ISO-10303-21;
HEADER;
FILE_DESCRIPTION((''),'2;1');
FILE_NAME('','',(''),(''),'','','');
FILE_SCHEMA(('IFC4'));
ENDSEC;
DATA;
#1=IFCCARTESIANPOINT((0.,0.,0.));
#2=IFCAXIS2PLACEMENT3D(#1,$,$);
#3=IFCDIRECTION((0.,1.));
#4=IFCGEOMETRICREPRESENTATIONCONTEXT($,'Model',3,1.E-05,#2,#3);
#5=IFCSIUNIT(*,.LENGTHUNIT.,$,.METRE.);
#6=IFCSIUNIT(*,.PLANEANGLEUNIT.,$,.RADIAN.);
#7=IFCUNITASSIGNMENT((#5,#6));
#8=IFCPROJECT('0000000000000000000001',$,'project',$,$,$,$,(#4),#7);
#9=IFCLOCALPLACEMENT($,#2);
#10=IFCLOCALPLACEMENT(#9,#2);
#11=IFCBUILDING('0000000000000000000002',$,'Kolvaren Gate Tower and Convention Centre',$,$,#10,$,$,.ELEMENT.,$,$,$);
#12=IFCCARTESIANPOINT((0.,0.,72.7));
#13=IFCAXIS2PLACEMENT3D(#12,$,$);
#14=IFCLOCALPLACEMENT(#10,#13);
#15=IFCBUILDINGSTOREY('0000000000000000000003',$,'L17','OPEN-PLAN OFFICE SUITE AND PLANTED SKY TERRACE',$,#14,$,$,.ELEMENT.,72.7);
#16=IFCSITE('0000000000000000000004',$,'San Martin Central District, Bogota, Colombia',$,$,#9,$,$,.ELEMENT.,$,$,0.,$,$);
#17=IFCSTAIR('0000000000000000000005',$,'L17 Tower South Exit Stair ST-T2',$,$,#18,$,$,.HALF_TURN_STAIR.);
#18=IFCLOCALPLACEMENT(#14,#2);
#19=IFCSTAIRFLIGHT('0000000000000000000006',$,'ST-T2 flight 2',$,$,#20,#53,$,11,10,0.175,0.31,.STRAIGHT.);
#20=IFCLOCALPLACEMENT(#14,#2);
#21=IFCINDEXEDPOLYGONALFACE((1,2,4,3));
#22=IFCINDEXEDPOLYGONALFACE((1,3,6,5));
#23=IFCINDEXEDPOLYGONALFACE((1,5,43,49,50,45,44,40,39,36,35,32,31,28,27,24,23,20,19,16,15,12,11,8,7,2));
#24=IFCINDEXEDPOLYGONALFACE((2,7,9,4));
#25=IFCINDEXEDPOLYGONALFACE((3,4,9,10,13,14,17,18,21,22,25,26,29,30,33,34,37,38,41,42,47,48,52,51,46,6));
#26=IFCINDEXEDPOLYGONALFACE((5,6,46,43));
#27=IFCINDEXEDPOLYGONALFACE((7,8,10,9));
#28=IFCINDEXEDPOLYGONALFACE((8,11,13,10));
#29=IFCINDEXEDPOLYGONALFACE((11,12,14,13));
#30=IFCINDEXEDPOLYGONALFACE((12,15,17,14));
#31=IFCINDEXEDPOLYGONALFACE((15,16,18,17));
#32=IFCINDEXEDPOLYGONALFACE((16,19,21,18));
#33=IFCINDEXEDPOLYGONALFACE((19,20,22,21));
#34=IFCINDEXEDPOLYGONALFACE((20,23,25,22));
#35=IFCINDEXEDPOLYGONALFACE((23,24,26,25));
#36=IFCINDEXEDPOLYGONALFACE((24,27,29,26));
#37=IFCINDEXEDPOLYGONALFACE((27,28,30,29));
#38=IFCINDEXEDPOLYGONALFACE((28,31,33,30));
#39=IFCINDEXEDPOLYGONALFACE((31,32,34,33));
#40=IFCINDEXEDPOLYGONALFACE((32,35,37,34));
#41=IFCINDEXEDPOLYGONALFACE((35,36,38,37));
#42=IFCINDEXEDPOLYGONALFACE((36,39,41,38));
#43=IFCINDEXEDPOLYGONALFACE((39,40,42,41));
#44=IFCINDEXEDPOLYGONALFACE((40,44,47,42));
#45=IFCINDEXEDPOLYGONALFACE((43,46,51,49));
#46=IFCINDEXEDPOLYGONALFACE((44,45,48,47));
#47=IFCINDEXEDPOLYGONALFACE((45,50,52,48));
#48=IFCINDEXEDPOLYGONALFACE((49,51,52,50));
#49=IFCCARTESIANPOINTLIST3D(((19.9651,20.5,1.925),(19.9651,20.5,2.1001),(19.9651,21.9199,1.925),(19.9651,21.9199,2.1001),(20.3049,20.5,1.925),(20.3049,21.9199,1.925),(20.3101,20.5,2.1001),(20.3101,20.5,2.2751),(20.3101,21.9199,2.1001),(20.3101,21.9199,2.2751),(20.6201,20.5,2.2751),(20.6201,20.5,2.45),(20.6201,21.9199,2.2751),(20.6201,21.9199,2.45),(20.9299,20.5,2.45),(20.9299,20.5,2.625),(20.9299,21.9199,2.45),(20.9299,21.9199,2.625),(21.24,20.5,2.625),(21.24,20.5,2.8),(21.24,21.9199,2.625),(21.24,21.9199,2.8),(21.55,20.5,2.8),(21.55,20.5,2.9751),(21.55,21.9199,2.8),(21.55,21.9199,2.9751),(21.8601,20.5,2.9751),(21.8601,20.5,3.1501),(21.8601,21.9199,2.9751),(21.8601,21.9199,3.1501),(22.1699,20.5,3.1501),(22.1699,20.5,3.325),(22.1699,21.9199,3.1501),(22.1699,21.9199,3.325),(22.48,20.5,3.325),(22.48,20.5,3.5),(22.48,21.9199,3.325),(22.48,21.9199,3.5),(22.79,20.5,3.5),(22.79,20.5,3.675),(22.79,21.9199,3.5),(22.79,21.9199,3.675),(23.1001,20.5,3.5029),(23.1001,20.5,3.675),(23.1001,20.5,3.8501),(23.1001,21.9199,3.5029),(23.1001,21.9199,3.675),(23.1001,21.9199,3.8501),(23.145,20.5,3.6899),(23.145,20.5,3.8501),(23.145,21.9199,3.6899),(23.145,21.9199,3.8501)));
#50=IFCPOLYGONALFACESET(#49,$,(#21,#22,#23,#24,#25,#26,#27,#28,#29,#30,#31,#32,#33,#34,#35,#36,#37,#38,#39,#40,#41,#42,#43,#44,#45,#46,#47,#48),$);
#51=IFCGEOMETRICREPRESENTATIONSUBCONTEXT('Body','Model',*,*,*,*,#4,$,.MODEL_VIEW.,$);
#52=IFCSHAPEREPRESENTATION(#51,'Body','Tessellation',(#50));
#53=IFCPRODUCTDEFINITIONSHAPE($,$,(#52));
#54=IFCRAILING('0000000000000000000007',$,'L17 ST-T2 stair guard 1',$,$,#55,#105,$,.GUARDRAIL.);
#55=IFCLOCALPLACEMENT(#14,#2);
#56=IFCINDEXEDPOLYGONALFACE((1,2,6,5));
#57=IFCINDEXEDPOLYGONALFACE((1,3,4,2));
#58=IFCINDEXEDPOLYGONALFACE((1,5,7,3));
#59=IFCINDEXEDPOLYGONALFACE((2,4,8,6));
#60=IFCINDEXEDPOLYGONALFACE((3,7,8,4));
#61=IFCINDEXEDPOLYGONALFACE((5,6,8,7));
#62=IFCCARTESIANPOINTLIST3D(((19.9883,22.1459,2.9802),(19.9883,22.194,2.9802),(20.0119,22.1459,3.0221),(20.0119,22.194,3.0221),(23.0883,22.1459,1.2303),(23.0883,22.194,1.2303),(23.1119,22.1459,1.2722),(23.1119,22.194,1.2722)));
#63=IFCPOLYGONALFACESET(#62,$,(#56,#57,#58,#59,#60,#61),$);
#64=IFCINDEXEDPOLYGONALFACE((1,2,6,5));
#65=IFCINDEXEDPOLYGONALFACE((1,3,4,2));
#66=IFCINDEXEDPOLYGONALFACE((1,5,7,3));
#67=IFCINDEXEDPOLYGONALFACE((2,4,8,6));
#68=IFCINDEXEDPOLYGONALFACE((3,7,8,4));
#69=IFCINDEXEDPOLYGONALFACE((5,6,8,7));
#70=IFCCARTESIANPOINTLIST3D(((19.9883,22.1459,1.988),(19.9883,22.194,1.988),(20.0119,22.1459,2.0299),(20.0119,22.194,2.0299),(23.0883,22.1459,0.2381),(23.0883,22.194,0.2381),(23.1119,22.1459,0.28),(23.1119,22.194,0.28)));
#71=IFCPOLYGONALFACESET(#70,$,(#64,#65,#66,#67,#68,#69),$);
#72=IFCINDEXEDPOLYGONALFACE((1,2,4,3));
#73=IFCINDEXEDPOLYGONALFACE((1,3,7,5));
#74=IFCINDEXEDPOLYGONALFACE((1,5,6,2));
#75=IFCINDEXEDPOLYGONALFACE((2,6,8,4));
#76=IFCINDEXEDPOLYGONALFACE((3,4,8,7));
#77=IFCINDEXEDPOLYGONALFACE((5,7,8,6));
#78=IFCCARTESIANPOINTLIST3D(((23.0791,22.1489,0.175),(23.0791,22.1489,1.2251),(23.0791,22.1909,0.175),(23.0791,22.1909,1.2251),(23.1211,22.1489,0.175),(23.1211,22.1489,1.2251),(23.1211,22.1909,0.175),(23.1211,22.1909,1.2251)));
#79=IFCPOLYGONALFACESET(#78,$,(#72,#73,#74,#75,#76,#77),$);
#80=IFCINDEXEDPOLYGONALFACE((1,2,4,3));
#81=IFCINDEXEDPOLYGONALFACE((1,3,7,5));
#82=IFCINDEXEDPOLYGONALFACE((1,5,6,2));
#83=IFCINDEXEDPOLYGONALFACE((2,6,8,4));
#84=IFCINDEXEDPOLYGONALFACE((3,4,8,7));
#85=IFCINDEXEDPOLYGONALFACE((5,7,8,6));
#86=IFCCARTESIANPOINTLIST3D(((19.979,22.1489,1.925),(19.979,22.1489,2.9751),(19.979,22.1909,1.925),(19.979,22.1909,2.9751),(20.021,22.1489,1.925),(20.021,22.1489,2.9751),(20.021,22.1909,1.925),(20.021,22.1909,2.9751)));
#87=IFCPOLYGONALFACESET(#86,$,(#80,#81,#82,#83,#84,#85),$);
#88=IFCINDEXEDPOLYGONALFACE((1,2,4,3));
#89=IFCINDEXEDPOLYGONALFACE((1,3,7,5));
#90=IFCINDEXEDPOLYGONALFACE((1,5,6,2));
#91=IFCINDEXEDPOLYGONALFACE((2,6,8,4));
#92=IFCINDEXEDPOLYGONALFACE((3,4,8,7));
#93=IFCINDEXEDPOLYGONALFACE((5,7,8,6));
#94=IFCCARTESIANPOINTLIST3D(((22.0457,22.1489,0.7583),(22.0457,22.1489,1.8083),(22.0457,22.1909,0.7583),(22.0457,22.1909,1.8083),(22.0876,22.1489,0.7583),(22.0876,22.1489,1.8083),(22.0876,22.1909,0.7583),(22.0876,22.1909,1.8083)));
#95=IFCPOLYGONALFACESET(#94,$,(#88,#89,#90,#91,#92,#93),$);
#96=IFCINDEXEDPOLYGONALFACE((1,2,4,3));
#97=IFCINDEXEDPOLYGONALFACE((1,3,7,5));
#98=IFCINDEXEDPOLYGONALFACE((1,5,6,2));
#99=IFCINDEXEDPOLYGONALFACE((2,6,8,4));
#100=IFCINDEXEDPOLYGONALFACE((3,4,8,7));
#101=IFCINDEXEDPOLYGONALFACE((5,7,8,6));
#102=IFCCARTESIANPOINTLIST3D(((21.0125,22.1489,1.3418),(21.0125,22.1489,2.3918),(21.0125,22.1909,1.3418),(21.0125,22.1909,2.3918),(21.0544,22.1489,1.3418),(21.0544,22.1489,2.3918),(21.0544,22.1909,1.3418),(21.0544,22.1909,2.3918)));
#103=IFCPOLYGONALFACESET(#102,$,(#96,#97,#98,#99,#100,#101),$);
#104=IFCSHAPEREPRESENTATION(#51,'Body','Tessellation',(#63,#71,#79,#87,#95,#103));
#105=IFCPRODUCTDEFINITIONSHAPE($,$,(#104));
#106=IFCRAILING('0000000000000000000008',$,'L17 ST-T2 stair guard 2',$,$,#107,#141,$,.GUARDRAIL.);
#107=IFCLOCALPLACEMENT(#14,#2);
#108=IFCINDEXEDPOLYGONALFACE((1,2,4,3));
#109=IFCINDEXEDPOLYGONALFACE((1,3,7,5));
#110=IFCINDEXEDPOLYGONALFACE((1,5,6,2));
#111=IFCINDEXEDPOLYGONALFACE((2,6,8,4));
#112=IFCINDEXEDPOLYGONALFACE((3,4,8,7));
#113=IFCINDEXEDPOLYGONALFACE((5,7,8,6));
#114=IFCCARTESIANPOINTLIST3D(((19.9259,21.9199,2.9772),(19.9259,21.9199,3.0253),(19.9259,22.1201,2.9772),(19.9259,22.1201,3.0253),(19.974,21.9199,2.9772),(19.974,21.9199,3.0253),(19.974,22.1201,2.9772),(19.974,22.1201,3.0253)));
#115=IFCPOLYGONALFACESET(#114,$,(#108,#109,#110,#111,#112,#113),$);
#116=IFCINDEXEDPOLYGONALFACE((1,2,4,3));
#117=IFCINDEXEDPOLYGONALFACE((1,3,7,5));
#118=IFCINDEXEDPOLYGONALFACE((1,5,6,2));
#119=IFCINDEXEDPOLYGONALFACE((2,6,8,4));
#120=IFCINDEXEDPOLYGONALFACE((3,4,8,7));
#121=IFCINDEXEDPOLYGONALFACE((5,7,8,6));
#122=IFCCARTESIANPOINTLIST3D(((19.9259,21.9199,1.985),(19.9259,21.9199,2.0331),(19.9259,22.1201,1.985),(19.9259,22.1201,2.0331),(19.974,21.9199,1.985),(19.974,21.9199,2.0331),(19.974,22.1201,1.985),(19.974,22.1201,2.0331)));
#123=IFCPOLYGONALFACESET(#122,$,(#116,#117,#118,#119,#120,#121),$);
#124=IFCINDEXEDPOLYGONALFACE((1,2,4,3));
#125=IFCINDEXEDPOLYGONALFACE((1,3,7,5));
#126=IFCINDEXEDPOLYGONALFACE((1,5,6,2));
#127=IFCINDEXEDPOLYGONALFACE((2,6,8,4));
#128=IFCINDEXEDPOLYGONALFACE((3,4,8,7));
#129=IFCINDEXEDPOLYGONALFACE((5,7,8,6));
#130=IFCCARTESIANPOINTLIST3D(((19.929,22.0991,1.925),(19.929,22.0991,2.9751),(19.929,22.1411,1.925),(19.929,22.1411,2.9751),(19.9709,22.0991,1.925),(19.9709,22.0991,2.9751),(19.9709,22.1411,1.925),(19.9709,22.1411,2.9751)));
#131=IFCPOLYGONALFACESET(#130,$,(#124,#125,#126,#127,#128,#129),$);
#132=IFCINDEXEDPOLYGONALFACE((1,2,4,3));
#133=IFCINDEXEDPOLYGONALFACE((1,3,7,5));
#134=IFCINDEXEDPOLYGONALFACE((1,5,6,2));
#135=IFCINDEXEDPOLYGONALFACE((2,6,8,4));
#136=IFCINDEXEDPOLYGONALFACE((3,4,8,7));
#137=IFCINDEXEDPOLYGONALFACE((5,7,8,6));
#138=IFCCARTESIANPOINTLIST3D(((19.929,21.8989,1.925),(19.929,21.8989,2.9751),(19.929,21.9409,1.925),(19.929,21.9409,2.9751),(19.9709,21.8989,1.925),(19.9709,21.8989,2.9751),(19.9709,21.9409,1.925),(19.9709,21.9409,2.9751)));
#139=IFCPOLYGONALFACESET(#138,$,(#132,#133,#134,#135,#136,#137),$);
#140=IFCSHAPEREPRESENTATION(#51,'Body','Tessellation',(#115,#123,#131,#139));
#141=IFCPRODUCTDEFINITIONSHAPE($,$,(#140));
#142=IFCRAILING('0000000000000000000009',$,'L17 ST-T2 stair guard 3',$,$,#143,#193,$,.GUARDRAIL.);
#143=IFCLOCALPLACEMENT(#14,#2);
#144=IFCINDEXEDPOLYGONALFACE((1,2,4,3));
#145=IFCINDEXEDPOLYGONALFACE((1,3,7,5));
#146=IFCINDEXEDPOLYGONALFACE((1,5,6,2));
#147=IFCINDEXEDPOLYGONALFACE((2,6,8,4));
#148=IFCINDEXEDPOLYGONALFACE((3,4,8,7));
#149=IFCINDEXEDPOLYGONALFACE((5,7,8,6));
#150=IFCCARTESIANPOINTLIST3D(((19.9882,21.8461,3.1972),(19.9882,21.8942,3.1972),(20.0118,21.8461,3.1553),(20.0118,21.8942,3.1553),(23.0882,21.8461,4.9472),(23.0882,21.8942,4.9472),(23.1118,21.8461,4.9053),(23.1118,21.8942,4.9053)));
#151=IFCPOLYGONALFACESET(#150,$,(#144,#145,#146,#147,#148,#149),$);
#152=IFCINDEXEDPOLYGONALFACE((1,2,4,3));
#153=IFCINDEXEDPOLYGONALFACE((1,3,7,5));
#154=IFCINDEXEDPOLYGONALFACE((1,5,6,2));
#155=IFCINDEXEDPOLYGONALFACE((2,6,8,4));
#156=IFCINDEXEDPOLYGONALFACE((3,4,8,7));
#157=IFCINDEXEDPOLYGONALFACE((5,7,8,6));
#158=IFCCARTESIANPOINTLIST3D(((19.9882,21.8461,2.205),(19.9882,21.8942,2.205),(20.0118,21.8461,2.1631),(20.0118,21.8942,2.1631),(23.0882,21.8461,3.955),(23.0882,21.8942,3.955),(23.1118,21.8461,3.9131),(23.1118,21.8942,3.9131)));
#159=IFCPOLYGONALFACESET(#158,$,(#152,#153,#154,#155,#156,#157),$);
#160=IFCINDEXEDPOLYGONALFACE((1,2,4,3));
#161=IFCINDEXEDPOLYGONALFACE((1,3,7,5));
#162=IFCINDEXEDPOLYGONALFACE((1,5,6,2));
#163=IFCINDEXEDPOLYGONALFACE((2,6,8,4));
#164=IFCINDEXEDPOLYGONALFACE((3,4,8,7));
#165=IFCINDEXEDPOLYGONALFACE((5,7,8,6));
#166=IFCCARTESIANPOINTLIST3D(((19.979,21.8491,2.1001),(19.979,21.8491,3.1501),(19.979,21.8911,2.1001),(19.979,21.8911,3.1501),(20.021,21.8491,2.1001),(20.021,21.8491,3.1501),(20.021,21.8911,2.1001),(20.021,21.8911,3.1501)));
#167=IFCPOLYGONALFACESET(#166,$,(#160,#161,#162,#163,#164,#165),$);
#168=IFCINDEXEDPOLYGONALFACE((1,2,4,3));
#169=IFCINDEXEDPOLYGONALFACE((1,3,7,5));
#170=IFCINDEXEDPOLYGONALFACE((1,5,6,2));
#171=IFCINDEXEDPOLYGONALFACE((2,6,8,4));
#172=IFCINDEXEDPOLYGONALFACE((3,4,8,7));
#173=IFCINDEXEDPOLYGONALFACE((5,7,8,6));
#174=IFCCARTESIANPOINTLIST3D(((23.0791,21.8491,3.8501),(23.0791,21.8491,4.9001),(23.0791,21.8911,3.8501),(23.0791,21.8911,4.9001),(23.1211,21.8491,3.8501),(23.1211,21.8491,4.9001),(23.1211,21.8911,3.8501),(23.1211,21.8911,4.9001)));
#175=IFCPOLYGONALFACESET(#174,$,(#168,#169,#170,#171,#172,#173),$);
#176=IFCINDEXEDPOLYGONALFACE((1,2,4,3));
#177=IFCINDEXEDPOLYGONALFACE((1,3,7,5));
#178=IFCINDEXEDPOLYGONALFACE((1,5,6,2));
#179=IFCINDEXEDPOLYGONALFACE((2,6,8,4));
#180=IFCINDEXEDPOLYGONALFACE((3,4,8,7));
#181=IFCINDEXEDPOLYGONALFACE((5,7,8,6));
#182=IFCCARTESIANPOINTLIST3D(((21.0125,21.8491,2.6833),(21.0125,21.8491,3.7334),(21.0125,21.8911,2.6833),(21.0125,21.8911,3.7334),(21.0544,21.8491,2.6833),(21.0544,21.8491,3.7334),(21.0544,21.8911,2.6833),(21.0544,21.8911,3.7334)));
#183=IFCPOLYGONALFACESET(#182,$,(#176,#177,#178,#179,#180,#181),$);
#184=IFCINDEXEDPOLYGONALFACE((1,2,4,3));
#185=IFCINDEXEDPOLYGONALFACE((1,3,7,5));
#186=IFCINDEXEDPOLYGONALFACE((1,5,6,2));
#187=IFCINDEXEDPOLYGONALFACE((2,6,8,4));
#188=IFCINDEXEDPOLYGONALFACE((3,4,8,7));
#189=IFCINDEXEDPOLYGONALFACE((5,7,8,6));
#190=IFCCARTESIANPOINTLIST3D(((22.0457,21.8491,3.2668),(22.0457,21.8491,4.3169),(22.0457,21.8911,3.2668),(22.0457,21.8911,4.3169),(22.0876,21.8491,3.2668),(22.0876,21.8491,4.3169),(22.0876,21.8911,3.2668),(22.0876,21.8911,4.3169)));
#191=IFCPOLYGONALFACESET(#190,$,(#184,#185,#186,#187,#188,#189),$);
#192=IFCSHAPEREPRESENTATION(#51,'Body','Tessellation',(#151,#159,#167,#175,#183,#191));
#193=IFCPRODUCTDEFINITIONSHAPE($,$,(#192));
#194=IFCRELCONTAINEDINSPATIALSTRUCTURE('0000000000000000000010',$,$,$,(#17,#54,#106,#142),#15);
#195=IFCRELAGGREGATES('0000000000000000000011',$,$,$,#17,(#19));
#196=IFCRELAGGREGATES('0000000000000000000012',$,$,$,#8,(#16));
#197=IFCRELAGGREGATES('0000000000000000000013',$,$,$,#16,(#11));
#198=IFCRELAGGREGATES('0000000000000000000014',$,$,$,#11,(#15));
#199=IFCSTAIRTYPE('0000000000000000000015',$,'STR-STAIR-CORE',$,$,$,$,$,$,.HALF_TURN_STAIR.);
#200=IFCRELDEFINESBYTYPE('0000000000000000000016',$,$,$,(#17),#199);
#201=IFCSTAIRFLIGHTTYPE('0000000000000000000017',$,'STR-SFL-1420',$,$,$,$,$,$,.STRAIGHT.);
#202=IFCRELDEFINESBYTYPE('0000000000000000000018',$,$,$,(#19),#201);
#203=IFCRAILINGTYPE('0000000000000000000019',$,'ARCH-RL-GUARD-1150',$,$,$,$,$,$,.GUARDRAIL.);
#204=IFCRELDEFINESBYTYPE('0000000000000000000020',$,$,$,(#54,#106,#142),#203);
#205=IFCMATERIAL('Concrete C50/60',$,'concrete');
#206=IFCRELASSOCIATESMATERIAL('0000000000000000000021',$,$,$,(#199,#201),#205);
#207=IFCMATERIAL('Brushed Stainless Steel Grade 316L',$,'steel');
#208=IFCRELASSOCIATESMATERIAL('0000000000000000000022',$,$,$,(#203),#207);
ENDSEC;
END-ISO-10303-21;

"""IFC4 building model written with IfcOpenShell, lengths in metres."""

from ifc_helpers import new_model, si_unit, direction, frame, origin, origin_2d, place, context, subcontext, project, spatial, polyline, rectangle, outline, extrude, material, type_object, element, aggregate, save


model = new_model("IFC4")

# Units and contexts
model_context = context("Model", 3, precision=1e-05, world=origin(), true_north=direction((0.0, 1.0)))
body_context = subcontext(model_context, "Body", "Model", "MODEL_VIEW")
ifc_project = project(units=[si_unit("LENGTHUNIT", "METRE"), si_unit("PLANEANGLEUNIT", "RADIAN")], contexts=[model_context])

# Site, building, storey
site_placement = place(None, origin())
site = spatial("IfcSite", under=ifc_project, at=site_placement, Name="San Martin Central District, Bogota, Colombia", CompositionType="ELEMENT", RefElevation=0.0)
building_placement = place(site_placement, origin())
building = spatial("IfcBuilding", under=site, at=building_placement, Name="Kolvaren Gate Tower and Convention Centre", CompositionType="ELEMENT")
storey_placement = place(building_placement, frame((0.0, 0.0, 72.7)))
storey = spatial("IfcBuildingStorey", under=building, at=storey_placement, Name="L17", Description="OPEN-PLAN OFFICE SUITE AND PLANTED SKY TERRACE", CompositionType="ELEMENT", Elevation=72.7)

# Shared definitions
ifc_material_1 = material(Name="Brushed Stainless Steel Grade 316L", Category="steel")

# Shared definitions
ifc_material_2 = material(Name="Concrete C50/60", Category="concrete")

# Stair, stair flight
stair_type = type_object("IfcStairType", Name="STR-STAIR-CORE", PredefinedType="HALF_TURN_STAIR", material=ifc_material_2)
stair_placement = place(storey_placement, origin())
stair = element("IfcStair", 1, at=stair_placement, inside=storey, type_object=stair_type, Name="L17 Tower South Exit Stair ST-T2", PredefinedType="HALF_TURN_STAIR")
stair_flight_type = type_object("IfcStairFlightType", Name="STR-SFL-1420", PredefinedType="STRAIGHT", material=ifc_material_2)
stair_flight_1_placement = place(storey_placement, frame((20.0, 21.21, 1.925), z_axis=(0.0, 0.0, 1.0), x_axis=(1.0, 0.0, 0.0)))
stair_flight_1 = element("IfcStairFlight", 2, at=stair_flight_1_placement, type_object=stair_flight_type, Name="ST-T2 flight 2", NumberOfRisers=11, NumberOfTreads=10, PredefinedType="STRAIGHT", RiserHeight=0.175, TreadLength=0.31, context=body_context, shape_type="SweptSolid", body=[
    extrude(outline(polyline([(-0.0349, 0.0), (-0.0349, 0.175), (0.3101, 0.175), (0.3101, 0.3501), (0.6201, 0.3501), (0.6201, 0.5249), (0.9299, 0.5249), (0.9299, 0.7), (1.24, 0.7), (1.24, 0.875), (1.55, 0.875), (1.55, 1.05), (1.8601, 1.05), (1.8601, 1.2251), (2.1699, 1.2251), (2.1699, 1.3999), (2.48, 1.3999), (2.48, 1.575), (2.79, 1.575), (2.79, 1.75), (3.1001, 1.75), (3.1001, 1.925), (3.145, 1.925), (3.145, 1.7649), (3.1001, 1.5779), (0.3049, 0.0), (-0.0349, 0.0)])), frame((0.0, 0.71, 0.0), z_axis=(0.0, -1.0, 0.0), x_axis=(1.0, 0.0, 0.0)), (0.0, 0.0, 1.0), 1.4199),
])
aggregate(stair, [stair_flight_1])

# Railings
railing_type_1 = type_object("IfcRailingType", Name="ARCH-RL-GUARD-1150", PredefinedType="GUARDRAIL", material=ifc_material_1)
railing_1_placement = place(storey_placement, frame((23.1001, 22.1699, 0.175)))
element("IfcRailing", 3, at=railing_1_placement, inside=storey, type_object=railing_type_1, Name="L17 ST-T2 stair guard 1", PredefinedType="GUARDRAIL", context=body_context, shape_type="SweptSolid", body=[
    extrude(rectangle(XDim=0.0481, YDim=0.0481, at=origin_2d()), frame((0.0, 0.0, 1.0762), z_axis=(-0.870831, 0.0, 0.491583), x_axis=(0.0, -1.0, 0.0)), (0.0, 0.0, 1.0), 3.5598),
    extrude(rectangle(XDim=0.0481, YDim=0.0481, at=origin_2d()), frame((0.0, 0.0, 0.084), z_axis=(-0.870831, 0.0, 0.491583), x_axis=(0.0, -1.0, 0.0)), (0.0, 0.0, 1.0), 3.5598),
    extrude(rectangle(XDim=0.042, YDim=0.042, at=origin_2d()), origin(), (0.0, 0.0, 1.0), 1.05),
    extrude(rectangle(XDim=0.042, YDim=0.042, at=origin_2d()), frame((-3.1001, 0.0, 1.75)), (0.0, 0.0, 1.0), 1.05),
    extrude(rectangle(XDim=0.042, YDim=0.042, at=origin_2d()), frame((-1.0334, 0.0, 0.5833)), (0.0, 0.0, 1.0), 1.05),
    extrude(rectangle(XDim=0.042, YDim=0.042, at=origin_2d()), frame((-2.0667, 0.0, 1.1667)), (0.0, 0.0, 1.0), 1.05),
])
railing_2_placement = place(storey_placement, frame((19.95, 22.1201, 1.925)))
element("IfcRailing", 4, at=railing_2_placement, inside=storey, type_object=railing_type_1, Name="L17 ST-T2 stair guard 2", PredefinedType="GUARDRAIL", context=body_context, shape_type="SweptSolid", body=[
    extrude(rectangle(XDim=0.0481, YDim=0.0481, at=origin_2d()), frame((0.0, 0.0, 1.0762), z_axis=(0.0, -1.0, 0.0), x_axis=(1.0, 0.0, 0.0)), (0.0, 0.0, 1.0), 0.2002),
    extrude(rectangle(XDim=0.0481, YDim=0.0481, at=origin_2d()), frame((0.0, 0.0, 0.084), z_axis=(0.0, -1.0, 0.0), x_axis=(1.0, 0.0, 0.0)), (0.0, 0.0, 1.0), 0.2002),
    extrude(rectangle(XDim=0.042, YDim=0.042, at=origin_2d()), origin(), (0.0, 0.0, 1.0), 1.05),
    extrude(rectangle(XDim=0.042, YDim=0.042, at=origin_2d()), frame((0.0, -0.2002, 0.0)), (0.0, 0.0, 1.0), 1.05),
])
railing_3_placement = place(storey_placement, frame((20.0, 21.8701, 2.1001)))
element("IfcRailing", 5, at=railing_3_placement, inside=storey, type_object=railing_type_1, Name="L17 ST-T2 stair guard 3", PredefinedType="GUARDRAIL", context=body_context, shape_type="SweptSolid", body=[
    extrude(rectangle(XDim=0.0481, YDim=0.0481, at=origin_2d()), frame((0.0, 0.0, 1.0762), z_axis=(0.870831, 0.0, 0.491583), x_axis=(0.0, 1.0, 0.0)), (0.0, 0.0, 1.0), 3.5598),
    extrude(rectangle(XDim=0.0481, YDim=0.0481, at=origin_2d()), frame((0.0, 0.0, 0.084), z_axis=(0.870831, 0.0, 0.491583), x_axis=(0.0, 1.0, 0.0)), (0.0, 0.0, 1.0), 3.5598),
    extrude(rectangle(XDim=0.042, YDim=0.042, at=origin_2d()), origin(), (0.0, 0.0, 1.0), 1.05),
    extrude(rectangle(XDim=0.042, YDim=0.042, at=origin_2d()), frame((3.1001, 0.0, 1.75)), (0.0, 0.0, 1.0), 1.05),
    extrude(rectangle(XDim=0.042, YDim=0.042, at=origin_2d()), frame((1.0334, 0.0, 0.5833)), (0.0, 0.0, 1.0), 1.05),
    extrude(rectangle(XDim=0.042, YDim=0.042, at=origin_2d()), frame((2.0667, 0.0, 1.1667)), (0.0, 0.0, 1.0), 1.05),
])

save(model, "model.ifc")
